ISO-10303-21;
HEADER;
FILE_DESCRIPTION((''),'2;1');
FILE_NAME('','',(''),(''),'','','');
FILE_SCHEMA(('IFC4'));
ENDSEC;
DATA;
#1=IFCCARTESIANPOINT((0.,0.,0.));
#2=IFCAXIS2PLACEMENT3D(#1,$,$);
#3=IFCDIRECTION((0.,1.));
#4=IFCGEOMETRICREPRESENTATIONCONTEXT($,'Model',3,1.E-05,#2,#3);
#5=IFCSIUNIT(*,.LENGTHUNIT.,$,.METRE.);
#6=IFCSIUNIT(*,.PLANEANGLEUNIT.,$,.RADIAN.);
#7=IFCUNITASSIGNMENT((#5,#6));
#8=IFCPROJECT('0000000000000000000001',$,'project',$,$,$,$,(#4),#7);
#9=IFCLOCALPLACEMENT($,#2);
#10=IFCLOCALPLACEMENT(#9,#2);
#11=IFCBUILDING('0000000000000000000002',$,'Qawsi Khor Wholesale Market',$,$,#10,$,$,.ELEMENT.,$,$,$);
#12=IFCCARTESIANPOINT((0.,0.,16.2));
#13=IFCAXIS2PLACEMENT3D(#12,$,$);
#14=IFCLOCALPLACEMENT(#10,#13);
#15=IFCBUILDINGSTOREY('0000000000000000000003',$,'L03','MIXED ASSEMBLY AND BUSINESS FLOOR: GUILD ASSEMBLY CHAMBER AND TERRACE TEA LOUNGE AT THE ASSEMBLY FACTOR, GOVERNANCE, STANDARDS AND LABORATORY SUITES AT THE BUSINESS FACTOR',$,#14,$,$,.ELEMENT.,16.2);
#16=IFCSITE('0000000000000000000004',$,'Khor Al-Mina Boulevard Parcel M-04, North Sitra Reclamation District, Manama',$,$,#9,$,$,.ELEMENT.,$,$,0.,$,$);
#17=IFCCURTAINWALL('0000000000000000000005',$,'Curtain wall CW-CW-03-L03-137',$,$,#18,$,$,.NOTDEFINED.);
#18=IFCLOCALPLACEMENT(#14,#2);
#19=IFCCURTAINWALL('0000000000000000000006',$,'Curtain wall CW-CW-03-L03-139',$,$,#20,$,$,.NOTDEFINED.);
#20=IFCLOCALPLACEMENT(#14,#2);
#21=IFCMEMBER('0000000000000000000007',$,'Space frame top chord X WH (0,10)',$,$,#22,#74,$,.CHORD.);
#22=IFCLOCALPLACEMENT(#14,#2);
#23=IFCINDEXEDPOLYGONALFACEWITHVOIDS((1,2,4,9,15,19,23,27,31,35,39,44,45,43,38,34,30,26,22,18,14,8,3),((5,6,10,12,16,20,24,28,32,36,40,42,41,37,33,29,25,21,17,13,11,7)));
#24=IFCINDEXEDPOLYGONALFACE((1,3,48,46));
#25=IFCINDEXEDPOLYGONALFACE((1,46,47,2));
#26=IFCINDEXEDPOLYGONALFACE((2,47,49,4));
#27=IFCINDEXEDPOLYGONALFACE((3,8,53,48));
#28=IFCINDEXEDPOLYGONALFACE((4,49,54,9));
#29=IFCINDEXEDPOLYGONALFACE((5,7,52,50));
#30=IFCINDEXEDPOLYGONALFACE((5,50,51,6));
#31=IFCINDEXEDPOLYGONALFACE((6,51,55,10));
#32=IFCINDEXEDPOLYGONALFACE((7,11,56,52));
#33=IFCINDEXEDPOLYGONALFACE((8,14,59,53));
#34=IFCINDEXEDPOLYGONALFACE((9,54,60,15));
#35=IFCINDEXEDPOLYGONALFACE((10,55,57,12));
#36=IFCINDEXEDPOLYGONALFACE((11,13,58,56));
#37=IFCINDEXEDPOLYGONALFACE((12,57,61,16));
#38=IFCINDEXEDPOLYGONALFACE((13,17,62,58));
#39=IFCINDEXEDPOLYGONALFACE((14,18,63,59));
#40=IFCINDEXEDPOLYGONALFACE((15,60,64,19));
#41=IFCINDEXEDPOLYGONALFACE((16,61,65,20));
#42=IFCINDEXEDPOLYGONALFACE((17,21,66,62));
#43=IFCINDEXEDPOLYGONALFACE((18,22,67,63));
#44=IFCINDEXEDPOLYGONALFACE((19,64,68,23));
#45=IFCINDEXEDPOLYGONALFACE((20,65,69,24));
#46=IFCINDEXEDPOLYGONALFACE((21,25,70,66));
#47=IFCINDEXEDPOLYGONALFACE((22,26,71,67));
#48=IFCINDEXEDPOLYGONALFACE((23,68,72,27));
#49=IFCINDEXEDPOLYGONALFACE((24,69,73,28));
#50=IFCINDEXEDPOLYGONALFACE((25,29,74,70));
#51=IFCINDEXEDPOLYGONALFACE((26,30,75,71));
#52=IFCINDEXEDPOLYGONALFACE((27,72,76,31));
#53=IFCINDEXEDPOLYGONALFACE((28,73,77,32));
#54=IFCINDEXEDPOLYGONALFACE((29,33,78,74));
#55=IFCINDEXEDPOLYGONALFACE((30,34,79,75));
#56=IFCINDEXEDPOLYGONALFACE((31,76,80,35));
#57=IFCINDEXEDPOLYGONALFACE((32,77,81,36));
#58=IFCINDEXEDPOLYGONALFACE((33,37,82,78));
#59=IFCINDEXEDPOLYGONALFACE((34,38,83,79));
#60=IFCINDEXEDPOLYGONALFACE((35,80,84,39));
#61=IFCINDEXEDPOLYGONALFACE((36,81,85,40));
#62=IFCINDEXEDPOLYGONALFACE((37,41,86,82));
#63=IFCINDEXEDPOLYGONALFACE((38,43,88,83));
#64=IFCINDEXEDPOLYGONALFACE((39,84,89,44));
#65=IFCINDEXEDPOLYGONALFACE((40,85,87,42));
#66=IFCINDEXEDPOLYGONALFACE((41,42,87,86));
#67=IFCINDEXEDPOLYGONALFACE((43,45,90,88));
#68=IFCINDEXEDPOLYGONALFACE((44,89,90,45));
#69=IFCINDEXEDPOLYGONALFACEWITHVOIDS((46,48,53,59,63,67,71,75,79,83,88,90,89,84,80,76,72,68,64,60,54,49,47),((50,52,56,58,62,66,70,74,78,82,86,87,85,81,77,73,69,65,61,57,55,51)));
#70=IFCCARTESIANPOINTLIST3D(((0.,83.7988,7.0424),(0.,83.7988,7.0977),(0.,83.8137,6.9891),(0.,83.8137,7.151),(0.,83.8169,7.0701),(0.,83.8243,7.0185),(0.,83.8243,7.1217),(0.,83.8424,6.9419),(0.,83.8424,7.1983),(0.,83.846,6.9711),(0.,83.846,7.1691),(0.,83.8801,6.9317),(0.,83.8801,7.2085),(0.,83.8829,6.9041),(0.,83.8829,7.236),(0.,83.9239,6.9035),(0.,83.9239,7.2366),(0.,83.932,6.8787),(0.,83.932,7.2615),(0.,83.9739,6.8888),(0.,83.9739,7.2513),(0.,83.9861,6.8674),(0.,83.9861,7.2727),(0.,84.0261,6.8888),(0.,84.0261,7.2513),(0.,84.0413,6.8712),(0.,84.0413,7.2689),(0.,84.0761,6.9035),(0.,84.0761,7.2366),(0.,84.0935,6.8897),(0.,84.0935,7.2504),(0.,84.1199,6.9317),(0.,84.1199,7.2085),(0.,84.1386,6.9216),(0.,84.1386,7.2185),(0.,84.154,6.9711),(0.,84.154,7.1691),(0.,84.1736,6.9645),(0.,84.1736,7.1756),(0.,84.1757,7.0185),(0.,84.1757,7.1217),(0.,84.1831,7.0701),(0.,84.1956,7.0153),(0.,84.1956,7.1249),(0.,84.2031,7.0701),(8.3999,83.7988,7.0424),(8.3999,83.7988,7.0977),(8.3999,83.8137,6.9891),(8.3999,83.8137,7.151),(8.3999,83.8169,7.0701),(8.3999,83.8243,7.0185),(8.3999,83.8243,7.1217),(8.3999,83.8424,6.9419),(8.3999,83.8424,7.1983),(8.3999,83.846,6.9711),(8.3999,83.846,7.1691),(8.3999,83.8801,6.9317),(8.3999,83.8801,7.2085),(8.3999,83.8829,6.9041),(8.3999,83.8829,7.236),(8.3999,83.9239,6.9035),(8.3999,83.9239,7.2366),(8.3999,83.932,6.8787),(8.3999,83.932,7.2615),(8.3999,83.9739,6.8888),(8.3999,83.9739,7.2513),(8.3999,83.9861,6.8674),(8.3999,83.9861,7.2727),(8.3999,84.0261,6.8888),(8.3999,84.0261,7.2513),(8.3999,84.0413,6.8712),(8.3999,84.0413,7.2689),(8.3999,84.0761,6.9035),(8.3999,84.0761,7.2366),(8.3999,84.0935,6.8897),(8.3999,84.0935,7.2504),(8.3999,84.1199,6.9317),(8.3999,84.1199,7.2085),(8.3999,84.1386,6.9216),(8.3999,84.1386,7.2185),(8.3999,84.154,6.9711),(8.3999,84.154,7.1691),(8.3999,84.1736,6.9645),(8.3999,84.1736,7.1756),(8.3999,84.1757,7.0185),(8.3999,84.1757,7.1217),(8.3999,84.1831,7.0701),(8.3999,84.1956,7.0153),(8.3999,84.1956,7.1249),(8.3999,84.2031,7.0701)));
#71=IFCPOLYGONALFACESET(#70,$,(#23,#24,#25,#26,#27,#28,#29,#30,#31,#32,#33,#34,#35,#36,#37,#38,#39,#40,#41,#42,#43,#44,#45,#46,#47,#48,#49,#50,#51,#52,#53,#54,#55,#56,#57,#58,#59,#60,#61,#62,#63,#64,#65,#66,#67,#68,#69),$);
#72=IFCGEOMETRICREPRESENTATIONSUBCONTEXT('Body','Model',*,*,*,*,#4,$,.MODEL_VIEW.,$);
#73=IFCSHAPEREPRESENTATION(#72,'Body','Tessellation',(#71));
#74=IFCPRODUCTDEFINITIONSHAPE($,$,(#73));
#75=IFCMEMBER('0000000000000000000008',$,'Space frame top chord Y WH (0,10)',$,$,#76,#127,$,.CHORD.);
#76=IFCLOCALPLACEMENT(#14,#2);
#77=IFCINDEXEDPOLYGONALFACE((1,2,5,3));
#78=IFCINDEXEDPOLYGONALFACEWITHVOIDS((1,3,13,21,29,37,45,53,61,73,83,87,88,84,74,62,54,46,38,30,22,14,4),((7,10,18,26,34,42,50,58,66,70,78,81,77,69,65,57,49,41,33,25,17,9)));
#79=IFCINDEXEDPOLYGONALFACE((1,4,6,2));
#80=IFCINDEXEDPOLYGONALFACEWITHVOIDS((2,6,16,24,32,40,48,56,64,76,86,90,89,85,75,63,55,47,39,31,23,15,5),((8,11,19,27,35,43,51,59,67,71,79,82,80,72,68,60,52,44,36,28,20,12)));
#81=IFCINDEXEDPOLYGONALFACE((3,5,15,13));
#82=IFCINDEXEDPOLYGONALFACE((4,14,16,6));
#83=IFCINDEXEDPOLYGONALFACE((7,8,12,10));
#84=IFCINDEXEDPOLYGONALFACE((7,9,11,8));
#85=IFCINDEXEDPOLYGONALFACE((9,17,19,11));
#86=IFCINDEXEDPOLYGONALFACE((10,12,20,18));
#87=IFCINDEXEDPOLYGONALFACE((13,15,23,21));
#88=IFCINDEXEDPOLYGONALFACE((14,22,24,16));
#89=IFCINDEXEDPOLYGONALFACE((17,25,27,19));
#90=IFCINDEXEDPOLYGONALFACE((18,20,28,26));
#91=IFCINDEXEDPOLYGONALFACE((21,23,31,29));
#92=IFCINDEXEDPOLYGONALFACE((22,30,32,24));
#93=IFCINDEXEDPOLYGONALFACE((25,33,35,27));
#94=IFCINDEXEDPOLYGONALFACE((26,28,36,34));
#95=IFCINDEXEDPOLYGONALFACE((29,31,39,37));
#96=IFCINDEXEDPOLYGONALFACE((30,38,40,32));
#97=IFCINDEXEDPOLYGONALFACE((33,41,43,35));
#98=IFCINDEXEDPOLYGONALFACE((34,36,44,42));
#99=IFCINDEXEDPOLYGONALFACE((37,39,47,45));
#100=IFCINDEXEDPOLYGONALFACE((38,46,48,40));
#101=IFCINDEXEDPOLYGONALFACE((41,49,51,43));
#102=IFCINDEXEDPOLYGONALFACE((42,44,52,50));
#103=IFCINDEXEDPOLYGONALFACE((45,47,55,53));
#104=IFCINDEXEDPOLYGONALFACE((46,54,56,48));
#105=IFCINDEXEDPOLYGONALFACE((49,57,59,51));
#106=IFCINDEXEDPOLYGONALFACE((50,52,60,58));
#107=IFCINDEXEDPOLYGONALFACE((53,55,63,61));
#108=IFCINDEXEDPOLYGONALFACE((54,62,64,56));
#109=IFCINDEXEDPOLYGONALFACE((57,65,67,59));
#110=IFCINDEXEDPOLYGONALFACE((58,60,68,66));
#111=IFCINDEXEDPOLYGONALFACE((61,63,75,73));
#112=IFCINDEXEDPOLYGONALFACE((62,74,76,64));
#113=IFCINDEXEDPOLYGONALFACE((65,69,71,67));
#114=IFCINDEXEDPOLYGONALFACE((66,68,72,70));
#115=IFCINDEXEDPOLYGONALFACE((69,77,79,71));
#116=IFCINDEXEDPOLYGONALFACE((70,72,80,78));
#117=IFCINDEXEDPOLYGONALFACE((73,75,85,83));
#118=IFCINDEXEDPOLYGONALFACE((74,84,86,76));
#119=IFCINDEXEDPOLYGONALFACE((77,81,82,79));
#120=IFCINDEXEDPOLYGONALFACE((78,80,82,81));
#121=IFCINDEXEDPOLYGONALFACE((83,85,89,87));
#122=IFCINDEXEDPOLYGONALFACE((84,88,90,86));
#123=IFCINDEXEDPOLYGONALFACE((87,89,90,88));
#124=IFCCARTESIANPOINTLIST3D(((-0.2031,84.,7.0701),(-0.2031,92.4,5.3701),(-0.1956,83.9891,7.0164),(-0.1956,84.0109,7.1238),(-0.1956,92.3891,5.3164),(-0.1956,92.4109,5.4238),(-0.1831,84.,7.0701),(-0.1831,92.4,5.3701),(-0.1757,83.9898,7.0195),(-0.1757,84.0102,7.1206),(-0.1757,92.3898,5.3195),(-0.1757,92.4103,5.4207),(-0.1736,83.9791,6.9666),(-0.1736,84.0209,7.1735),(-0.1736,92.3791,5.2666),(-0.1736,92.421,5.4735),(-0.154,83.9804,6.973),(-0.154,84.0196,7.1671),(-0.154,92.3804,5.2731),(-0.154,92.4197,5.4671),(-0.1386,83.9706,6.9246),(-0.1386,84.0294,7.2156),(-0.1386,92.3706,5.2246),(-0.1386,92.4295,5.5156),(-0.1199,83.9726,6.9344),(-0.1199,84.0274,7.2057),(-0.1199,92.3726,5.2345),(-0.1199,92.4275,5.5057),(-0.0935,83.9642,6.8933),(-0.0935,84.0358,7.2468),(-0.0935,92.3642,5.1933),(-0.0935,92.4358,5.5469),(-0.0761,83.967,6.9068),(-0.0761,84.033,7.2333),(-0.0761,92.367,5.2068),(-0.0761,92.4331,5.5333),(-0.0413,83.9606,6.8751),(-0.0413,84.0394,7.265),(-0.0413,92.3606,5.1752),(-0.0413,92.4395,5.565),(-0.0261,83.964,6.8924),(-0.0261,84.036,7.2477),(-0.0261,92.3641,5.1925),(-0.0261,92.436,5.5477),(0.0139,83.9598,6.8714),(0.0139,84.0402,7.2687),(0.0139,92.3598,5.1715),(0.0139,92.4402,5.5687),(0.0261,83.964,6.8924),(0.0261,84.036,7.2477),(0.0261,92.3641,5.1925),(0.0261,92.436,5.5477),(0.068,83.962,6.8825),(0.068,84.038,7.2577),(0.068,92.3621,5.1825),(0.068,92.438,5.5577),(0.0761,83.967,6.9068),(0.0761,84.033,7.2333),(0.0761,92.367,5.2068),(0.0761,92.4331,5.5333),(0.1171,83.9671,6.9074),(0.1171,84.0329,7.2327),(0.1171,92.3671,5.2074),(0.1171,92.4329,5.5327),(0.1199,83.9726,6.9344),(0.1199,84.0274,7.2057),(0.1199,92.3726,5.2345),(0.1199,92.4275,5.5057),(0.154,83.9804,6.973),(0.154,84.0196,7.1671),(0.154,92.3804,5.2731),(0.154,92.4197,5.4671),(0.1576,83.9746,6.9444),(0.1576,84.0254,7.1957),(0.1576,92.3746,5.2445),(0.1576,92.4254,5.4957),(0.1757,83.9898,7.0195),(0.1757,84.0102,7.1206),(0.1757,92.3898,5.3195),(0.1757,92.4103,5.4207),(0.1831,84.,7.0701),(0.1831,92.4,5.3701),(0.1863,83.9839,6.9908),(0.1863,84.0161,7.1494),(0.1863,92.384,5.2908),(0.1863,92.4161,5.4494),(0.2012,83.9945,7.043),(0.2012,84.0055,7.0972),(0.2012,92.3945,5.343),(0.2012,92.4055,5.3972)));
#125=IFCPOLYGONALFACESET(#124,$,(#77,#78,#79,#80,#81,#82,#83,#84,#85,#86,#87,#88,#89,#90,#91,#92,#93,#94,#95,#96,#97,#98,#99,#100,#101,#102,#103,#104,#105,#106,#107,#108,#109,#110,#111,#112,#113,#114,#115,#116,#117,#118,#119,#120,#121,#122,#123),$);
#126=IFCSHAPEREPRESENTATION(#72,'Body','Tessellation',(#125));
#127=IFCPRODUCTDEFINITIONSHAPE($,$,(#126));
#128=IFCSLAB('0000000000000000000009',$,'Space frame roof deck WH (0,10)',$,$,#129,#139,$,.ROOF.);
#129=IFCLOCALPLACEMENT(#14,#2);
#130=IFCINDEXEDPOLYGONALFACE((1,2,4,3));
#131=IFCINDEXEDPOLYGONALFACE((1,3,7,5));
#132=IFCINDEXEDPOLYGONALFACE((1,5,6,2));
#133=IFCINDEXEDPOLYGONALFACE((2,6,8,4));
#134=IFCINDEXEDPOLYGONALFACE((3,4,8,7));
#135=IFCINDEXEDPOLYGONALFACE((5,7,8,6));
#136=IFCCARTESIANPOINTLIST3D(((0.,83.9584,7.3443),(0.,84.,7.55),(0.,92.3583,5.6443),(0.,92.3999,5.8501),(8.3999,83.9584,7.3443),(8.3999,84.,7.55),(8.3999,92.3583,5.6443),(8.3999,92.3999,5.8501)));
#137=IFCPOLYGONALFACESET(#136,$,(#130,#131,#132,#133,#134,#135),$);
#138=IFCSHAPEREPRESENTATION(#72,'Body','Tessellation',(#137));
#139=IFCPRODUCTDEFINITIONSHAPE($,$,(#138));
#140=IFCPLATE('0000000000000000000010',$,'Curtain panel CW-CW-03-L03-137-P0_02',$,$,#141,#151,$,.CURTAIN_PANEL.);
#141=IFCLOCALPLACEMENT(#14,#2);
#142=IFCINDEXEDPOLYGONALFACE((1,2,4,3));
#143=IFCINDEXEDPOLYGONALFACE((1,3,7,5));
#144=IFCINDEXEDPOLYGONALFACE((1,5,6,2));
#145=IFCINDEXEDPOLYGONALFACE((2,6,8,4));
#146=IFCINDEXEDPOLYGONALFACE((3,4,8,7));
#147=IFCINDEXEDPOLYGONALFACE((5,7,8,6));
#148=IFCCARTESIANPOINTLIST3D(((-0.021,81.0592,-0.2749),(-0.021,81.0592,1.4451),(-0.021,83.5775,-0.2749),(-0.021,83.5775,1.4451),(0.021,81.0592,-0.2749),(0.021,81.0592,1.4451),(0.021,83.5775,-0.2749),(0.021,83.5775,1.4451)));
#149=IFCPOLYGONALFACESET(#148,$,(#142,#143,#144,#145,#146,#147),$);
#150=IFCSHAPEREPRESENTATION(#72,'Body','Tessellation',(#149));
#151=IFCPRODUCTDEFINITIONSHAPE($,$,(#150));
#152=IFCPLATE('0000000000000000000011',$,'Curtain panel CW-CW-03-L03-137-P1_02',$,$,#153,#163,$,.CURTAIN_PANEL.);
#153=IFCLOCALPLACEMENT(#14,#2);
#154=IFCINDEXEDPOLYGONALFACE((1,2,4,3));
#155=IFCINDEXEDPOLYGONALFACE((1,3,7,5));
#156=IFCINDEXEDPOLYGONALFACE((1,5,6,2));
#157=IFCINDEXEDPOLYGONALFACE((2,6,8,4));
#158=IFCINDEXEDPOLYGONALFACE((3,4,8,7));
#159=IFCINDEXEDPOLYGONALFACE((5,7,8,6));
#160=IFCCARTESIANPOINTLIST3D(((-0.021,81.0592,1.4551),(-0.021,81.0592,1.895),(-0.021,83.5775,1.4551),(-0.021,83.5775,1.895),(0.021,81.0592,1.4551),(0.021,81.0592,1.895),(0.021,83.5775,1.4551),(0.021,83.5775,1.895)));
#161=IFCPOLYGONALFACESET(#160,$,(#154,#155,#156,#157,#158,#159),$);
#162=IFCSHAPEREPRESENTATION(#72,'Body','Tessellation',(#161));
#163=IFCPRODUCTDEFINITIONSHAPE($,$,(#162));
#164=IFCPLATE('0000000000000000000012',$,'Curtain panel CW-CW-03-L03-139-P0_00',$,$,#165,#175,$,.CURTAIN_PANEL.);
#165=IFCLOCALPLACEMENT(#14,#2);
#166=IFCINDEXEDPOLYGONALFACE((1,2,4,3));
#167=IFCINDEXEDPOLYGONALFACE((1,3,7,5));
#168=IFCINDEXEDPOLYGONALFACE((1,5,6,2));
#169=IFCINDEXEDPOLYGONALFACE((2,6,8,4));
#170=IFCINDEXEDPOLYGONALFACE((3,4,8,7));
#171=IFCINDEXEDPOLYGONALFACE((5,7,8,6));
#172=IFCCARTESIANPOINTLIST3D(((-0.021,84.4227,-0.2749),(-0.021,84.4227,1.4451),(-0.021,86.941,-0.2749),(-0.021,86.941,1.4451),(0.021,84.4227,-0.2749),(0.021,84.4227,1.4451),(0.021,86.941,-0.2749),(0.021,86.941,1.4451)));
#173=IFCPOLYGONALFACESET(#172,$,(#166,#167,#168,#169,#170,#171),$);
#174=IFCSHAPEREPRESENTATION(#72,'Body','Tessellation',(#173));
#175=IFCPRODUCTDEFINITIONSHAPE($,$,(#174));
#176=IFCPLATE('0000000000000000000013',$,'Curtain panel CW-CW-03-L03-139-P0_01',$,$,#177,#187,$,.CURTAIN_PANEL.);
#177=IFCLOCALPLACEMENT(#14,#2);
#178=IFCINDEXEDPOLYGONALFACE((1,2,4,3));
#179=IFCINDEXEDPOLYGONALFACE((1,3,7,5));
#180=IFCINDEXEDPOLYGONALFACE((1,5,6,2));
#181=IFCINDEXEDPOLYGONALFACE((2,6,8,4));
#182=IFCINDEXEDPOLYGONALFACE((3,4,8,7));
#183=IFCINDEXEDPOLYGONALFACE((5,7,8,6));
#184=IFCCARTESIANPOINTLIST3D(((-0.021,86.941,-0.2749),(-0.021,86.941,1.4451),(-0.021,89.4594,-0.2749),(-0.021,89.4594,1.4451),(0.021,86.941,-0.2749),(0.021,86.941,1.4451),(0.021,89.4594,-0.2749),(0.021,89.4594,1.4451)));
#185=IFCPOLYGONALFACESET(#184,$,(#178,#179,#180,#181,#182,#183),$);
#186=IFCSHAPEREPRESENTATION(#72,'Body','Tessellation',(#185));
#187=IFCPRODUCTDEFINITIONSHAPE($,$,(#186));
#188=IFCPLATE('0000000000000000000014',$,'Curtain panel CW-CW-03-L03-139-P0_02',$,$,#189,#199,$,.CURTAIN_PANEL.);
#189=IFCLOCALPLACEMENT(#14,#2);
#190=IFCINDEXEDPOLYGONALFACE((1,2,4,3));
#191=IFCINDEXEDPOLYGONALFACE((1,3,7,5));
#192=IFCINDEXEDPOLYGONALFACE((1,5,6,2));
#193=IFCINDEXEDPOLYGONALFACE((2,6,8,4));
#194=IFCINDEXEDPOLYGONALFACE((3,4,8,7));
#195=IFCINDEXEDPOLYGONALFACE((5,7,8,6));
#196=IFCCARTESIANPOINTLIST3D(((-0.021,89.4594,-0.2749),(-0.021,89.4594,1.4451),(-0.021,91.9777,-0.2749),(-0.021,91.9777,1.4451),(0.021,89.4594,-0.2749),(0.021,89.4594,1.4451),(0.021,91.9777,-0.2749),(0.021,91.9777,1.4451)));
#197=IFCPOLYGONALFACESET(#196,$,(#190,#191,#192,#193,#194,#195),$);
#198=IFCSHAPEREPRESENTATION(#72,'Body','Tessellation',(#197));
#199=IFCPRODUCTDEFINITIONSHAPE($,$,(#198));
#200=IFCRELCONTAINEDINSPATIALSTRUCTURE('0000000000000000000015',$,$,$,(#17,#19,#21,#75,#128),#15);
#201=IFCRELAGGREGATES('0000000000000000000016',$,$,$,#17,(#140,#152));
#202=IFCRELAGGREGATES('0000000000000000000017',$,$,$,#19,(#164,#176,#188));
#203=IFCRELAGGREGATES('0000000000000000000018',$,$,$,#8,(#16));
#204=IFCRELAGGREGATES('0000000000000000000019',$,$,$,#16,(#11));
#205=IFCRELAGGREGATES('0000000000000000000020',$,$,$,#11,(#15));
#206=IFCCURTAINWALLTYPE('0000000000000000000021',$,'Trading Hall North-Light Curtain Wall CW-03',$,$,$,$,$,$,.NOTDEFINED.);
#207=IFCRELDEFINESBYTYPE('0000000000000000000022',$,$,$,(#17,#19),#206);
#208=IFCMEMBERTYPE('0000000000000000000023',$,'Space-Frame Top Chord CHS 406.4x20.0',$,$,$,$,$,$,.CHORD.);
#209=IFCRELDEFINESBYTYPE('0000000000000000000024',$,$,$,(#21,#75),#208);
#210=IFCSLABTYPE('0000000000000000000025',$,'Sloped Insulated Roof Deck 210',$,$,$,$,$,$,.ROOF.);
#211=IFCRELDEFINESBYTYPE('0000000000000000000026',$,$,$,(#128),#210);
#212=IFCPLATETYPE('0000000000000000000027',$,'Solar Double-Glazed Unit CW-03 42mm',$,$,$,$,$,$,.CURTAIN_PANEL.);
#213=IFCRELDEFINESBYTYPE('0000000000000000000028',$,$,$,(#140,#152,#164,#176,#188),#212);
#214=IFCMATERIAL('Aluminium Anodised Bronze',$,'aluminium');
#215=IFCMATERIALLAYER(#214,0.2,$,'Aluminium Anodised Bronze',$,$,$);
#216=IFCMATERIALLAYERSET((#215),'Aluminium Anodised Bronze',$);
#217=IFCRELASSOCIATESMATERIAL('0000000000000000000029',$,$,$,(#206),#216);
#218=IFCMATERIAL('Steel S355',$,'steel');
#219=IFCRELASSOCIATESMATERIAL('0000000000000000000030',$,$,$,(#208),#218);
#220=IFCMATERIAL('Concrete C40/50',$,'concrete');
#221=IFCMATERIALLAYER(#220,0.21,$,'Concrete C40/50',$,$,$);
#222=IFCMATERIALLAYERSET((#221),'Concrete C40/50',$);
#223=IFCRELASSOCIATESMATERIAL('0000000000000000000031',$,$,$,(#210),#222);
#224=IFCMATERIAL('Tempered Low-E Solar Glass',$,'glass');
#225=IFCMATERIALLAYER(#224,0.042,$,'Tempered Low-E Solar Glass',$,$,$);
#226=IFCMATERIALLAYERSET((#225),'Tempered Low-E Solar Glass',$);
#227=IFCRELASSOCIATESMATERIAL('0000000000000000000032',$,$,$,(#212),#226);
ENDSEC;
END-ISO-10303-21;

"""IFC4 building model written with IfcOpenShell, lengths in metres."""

from ifc_helpers import new_model, si_unit, direction, frame, frame_2d, origin, origin_2d, place, context, subcontext, project, spatial, polyline, rectangle, hollow_circle, outline, extrude, material, layer, layer_set, material_profile, profile_set, type_object, element, aggregate, save


model = new_model("IFC4")

# Units and contexts
model_context = context("Model", 3, precision=1e-05, world=origin(), true_north=direction((0.0, 1.0)))
body_context = subcontext(model_context, "Body", "Model", "MODEL_VIEW")
ifc_project = project(units=[si_unit("LENGTHUNIT", "METRE"), si_unit("PLANEANGLEUNIT", "RADIAN")], contexts=[model_context])

# Site, building, storey
site_placement = place(None, origin())
site = spatial("IfcSite", under=ifc_project, at=site_placement, Name="Khor Al-Mina Boulevard Parcel M-04, North Sitra Reclamation District, Manama", CompositionType="ELEMENT", RefElevation=0.0)
building_placement = place(site_placement, origin())
building = spatial("IfcBuilding", under=site, at=building_placement, Name="Qawsi Khor Wholesale Market", CompositionType="ELEMENT")
storey_placement = place(building_placement, frame((0.0, 0.0, 16.2)))
storey = spatial("IfcBuildingStorey", under=building, at=storey_placement, Name="L03", Description="MIXED ASSEMBLY AND BUSINESS FLOOR: GUILD ASSEMBLY CHAMBER AND TERRACE TEA LOUNGE AT THE ASSEMBLY FACTOR, GOVERNANCE, STANDARDS AND LABORATORY SUITES AT THE BUSINESS FACTOR", CompositionType="ELEMENT", Elevation=16.2)

# Shared definitions
ifc_material_1 = material(Name="Concrete C40/50", Category="concrete")

# Curtain wall
ifc_material_2 = material(Name="Aluminium Anodised Bronze", Category="aluminium")
ifc_layer_1 = layer(ifc_material_2, 0.2, Name="Aluminium Anodised Bronze")
ifc_layer_set_1 = layer_set([ifc_layer_1], Name="Aluminium Anodised Bronze")
curtain_wall_type = type_object("IfcCurtainWallType", Name="Trading Hall North-Light Curtain Wall CW-03", PredefinedType="NOTDEFINED", material=ifc_layer_set_1)
curtain_wall_1_placement = place(storey_placement, origin())
curtain_wall_1 = element("IfcCurtainWall", 1, at=curtain_wall_1_placement, inside=storey, type_object=curtain_wall_type, Name="Curtain wall CW-CW-03-L03-137", PredefinedType="NOTDEFINED")

# Curtain wall
curtain_wall_2_placement = place(storey_placement, origin())
curtain_wall_2 = element("IfcCurtainWall", 2, at=curtain_wall_2_placement, inside=storey, type_object=curtain_wall_type, Name="Curtain wall CW-CW-03-L03-139", PredefinedType="NOTDEFINED")

# Members
ifc_material_3 = material(Name="Steel S355", Category="steel")
ifc_material_profile_1 = material_profile(ifc_material_3, hollow_circle(Radius=0.2031, WallThickness=0.02, at=origin_2d()), Name="CHS 406.4x20.0")
ifc_profile_set_1 = profile_set([ifc_material_profile_1], Name="Steel S355")
member_type_1 = type_object("IfcMemberType", Name="Space-Frame Top Chord CHS 406.4x20.0", PredefinedType="CHORD", material=ifc_profile_set_1)
member_1_placement = place(storey_placement, frame((0.0, 84.0, 7.0701), z_axis=(1.0, 0.0, 0.0), x_axis=(0.0, 1.0, 0.0)))
element("IfcMember", 3, at=member_1_placement, inside=storey, type_object=member_type_1, Name="Space frame top chord X WH (0,10)", PredefinedType="CHORD", context=body_context, shape_type="SweptSolid", body=[
    extrude(hollow_circle(Radius=0.2031, WallThickness=0.02, at=origin_2d()), origin(), (0.0, 0.0, 1.0), 8.3999),
])
member_2_placement = place(storey_placement, frame((0.0, 84.0, 7.0701), z_axis=(0.0, 0.98013, -0.198356), x_axis=(-1.0, 0.0, 0.0)))
element("IfcMember", 4, at=member_2_placement, inside=storey, type_object=member_type_1, Name="Space frame top chord Y WH (0,10)", PredefinedType="CHORD", context=body_context, shape_type="SweptSolid", body=[
    extrude(hollow_circle(Radius=0.2031, WallThickness=0.02, at=origin_2d()), origin(), (0.0, 0.0, 1.0), 8.5703),
])

# Slab
ifc_layer_2 = layer(ifc_material_1, 0.21, Name="Concrete C40/50")
ifc_layer_set_2 = layer_set([ifc_layer_2], Name="Concrete C40/50")
slab_type = type_object("IfcSlabType", Name="Sloped Insulated Roof Deck 210", PredefinedType="ROOF", material=ifc_layer_set_2)
slab_placement = place(storey_placement, frame((0.0, 84.0, 7.55), z_axis=(0.0, 0.198356, 0.98013), x_axis=(1.0, 0.0, 0.0)))
element("IfcSlab", 5, at=slab_placement, inside=storey, type_object=slab_type, Name="Space frame roof deck WH (0,10)", PredefinedType="ROOF", context=body_context, shape_type="SweptSolid", body=[
    extrude(outline(polyline([(0.0, 0.0), (8.3999, 0.0), (8.3999, 8.5702), (0.0, 8.5702), (0.0, 0.0)])), origin(), (0.0, 0.0, -1.0), 0.21),
])

# Plates
ifc_material_4 = material(Name="Tempered Low-E Solar Glass", Category="glass")
ifc_layer_3 = layer(ifc_material_4, 0.042, Name="Tempered Low-E Solar Glass")
ifc_layer_set_3 = layer_set([ifc_layer_3], Name="Tempered Low-E Solar Glass")
plate_type = type_object("IfcPlateType", Name="Solar Double-Glazed Unit CW-03 42mm", PredefinedType="CURTAIN_PANEL", material=ifc_layer_set_3)
plate_1_placement = place(storey_placement, frame((0.0, 81.0591, -0.2749), z_axis=(0.0, 0.0, 1.0), x_axis=(0.0, 1.0, 0.0)))
plate_1 = element("IfcPlate", 6, at=plate_1_placement, type_object=plate_type, Name="Curtain panel CW-CW-03-L03-137-P0_02", PredefinedType="CURTAIN_PANEL", context=body_context, shape_type="SweptSolid", body=[
    extrude(rectangle(XDim=2.5183, YDim=0.042, at=frame_2d((1.2593, 0.0))), origin(), (0.0, 0.0, 1.0), 1.72),
])
plate_2_placement = place(storey_placement, frame((0.0, 81.0591, 1.4551), z_axis=(0.0, 0.0, 1.0), x_axis=(0.0, 1.0, 0.0)))
plate_2 = element("IfcPlate", 7, at=plate_2_placement, type_object=plate_type, Name="Curtain panel CW-CW-03-L03-137-P1_02", PredefinedType="CURTAIN_PANEL", context=body_context, shape_type="SweptSolid", body=[
    extrude(rectangle(XDim=2.5183, YDim=0.042, at=frame_2d((1.2593, 0.0))), origin(), (0.0, 0.0, 1.0), 0.4399),
])
aggregate(curtain_wall_1, [plate_1, plate_2])
plate_3_placement = place(storey_placement, frame((0.0, 84.4226, -0.2749), z_axis=(0.0, 0.0, 1.0), x_axis=(0.0, 1.0, 0.0)))
plate_3 = element("IfcPlate", 8, at=plate_3_placement, type_object=plate_type, Name="Curtain panel CW-CW-03-L03-139-P0_00", PredefinedType="CURTAIN_PANEL", context=body_context, shape_type="SweptSolid", body=[
    extrude(rectangle(XDim=2.5183, YDim=0.042, at=frame_2d((1.2593, 0.0))), origin(), (0.0, 0.0, 1.0), 1.72),
])
plate_4_placement = place(storey_placement, frame((0.0, 86.9409, -0.2749), z_axis=(0.0, 0.0, 1.0), x_axis=(0.0, 1.0, 0.0)))
plate_4 = element("IfcPlate", 9, at=plate_4_placement, type_object=plate_type, Name="Curtain panel CW-CW-03-L03-139-P0_01", PredefinedType="CURTAIN_PANEL", context=body_context, shape_type="SweptSolid", body=[
    extrude(rectangle(XDim=2.5183, YDim=0.042, at=frame_2d((1.2593, 0.0))), origin(), (0.0, 0.0, 1.0), 1.72),
])
plate_5_placement = place(storey_placement, frame((0.0, 89.4592, -0.2749), z_axis=(0.0, 0.0, 1.0), x_axis=(0.0, 1.0, 0.0)))
plate_5 = element("IfcPlate", 10, at=plate_5_placement, type_object=plate_type, Name="Curtain panel CW-CW-03-L03-139-P0_02", PredefinedType="CURTAIN_PANEL", context=body_context, shape_type="SweptSolid", body=[
    extrude(rectangle(XDim=2.5183, YDim=0.042, at=frame_2d((1.2593, 0.0))), origin(), (0.0, 0.0, 1.0), 1.72),
])
aggregate(curtain_wall_2, [plate_3, plate_4, plate_5])

save(model, "model.ifc")
